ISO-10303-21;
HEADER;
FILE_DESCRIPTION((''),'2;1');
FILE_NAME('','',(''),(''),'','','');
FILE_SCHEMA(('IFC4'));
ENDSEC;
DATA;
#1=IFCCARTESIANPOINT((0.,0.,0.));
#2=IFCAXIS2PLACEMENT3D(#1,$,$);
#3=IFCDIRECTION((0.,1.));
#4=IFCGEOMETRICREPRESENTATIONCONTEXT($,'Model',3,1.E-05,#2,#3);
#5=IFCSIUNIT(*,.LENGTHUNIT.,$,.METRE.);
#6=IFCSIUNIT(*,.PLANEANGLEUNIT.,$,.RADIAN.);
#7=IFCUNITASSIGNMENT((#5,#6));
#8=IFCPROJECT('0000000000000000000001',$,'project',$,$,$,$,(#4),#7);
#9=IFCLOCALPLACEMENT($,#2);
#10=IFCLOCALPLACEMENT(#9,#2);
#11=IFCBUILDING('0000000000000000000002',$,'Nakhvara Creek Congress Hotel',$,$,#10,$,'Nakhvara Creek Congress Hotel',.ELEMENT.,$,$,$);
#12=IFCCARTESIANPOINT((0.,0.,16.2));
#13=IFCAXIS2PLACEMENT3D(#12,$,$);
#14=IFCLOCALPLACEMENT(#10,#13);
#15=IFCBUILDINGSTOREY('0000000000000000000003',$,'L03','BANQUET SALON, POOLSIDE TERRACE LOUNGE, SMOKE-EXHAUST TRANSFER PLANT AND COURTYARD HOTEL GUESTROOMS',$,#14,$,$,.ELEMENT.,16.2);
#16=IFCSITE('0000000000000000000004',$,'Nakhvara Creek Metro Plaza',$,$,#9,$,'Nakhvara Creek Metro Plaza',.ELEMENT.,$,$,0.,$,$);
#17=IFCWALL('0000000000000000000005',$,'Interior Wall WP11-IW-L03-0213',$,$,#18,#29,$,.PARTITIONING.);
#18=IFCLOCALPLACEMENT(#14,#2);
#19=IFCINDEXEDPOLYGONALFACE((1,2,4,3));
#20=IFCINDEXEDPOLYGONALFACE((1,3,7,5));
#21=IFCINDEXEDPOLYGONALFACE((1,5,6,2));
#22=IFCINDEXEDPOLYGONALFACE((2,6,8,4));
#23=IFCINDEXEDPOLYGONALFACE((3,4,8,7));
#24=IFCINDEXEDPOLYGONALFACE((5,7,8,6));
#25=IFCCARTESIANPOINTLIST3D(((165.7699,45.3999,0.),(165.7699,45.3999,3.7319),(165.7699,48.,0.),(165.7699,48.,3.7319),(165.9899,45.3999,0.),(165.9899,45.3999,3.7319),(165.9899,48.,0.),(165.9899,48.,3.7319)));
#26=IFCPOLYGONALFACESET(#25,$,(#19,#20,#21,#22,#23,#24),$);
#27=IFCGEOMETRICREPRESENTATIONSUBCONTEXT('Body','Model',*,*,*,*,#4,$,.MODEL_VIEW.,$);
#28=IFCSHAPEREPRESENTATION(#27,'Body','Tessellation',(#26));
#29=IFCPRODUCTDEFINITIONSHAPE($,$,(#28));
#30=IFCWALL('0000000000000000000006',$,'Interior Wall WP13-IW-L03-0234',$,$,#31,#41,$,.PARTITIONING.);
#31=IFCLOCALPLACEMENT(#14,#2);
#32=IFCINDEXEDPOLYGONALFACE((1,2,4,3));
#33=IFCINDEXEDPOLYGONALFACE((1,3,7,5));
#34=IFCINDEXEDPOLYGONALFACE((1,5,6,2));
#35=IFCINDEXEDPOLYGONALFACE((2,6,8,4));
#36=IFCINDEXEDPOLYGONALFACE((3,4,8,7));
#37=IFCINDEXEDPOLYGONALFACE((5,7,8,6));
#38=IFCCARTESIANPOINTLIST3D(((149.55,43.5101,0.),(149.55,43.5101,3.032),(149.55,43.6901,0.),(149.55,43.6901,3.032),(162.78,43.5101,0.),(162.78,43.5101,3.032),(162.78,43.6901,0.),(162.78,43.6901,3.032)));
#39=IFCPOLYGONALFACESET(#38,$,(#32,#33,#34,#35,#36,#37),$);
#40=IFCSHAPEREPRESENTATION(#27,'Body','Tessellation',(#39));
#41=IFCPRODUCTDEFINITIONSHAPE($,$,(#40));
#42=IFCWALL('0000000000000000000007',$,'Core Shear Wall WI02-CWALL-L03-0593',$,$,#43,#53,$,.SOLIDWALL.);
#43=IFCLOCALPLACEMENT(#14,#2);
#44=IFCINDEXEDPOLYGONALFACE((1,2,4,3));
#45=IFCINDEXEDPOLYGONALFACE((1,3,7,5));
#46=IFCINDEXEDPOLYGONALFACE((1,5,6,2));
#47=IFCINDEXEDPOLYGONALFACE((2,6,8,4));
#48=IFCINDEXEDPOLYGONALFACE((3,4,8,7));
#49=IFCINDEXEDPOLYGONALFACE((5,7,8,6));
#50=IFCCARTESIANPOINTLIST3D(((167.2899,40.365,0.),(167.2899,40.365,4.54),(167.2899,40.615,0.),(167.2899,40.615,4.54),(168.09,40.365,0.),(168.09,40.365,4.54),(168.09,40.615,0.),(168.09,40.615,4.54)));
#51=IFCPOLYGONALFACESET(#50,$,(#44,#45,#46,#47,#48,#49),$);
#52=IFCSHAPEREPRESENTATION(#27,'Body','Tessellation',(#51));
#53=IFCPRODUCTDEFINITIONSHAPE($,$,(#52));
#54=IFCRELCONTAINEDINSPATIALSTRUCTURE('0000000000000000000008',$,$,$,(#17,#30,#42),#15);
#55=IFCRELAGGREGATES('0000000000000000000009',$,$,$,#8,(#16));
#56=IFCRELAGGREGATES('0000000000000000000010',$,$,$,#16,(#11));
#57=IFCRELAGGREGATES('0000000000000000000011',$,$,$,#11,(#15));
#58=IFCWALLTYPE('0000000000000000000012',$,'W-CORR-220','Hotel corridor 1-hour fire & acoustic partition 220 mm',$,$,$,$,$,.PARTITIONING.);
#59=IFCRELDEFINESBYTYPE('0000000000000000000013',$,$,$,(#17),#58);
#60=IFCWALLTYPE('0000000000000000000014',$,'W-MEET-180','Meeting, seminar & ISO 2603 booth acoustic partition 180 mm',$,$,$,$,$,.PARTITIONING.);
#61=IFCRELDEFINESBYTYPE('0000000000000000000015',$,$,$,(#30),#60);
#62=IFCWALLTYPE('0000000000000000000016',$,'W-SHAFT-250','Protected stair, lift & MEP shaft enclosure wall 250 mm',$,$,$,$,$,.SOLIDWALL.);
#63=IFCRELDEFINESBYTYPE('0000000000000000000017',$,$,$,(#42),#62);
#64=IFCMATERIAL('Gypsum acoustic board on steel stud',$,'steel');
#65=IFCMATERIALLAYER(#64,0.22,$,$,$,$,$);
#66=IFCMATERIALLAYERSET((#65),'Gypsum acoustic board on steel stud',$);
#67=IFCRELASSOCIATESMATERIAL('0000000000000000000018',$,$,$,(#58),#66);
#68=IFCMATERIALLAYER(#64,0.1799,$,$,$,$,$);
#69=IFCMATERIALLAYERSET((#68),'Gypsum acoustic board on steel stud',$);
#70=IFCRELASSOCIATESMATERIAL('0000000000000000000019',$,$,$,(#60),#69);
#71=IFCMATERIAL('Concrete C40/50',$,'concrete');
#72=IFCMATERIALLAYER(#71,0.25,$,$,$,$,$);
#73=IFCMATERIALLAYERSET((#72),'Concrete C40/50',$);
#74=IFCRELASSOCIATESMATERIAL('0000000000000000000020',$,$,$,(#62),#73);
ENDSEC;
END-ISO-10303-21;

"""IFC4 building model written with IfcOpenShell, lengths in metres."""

from ifc_helpers import new_model, si_unit, direction, frame, frame_2d, origin, place, context, subcontext, project, spatial, rectangle, extrude, material, layer, layer_set, type_object, element, save


model = new_model("IFC4")

# Units and contexts
model_context = context("Model", 3, precision=1e-05, world=origin(), true_north=direction((0.0, 1.0)))
body_context = subcontext(model_context, "Body", "Model", "MODEL_VIEW")
ifc_project = project(units=[si_unit("LENGTHUNIT", "METRE"), si_unit("PLANEANGLEUNIT", "RADIAN")], contexts=[model_context])

# Site, building, storey
site_placement = place(None, origin())
site = spatial("IfcSite", under=ifc_project, at=site_placement, Name="Nakhvara Creek Metro Plaza", LongName="Nakhvara Creek Metro Plaza", CompositionType="ELEMENT", RefElevation=0.0)
building_placement = place(site_placement, origin())
building = spatial("IfcBuilding", under=site, at=building_placement, Name="Nakhvara Creek Congress Hotel", LongName="Nakhvara Creek Congress Hotel", CompositionType="ELEMENT")
storey_placement = place(building_placement, frame((0.0, 0.0, 16.2)))
storey = spatial("IfcBuildingStorey", under=building, at=storey_placement, Name="L03", Description="BANQUET SALON, POOLSIDE TERRACE LOUNGE, SMOKE-EXHAUST TRANSFER PLANT AND COURTYARD HOTEL GUESTROOMS", CompositionType="ELEMENT", Elevation=16.2)

# Shared definitions
ifc_material_1 = material(Name="Concrete C40/50", Category="concrete")

# Walls
ifc_material_2 = material(Name="Gypsum acoustic board on steel stud", Category="steel")
ifc_layer_1 = layer(ifc_material_2, 0.22)
ifc_layer_set_1 = layer_set([ifc_layer_1], Name="Gypsum acoustic board on steel stud")
wall_type_1 = type_object("IfcWallType", Name="W-CORR-220", Description="Hotel corridor 1-hour fire & acoustic partition 220 mm", PredefinedType="PARTITIONING", material=ifc_layer_set_1)
wall_1_placement = place(storey_placement, frame((165.8799, 45.3999, 0.0), z_axis=(0.0, 0.0, 1.0), x_axis=(0.0, 1.0, 0.0)))
element("IfcWall", 1, at=wall_1_placement, inside=storey, type_object=wall_type_1, Name="Interior Wall WP11-IW-L03-0213", PredefinedType="PARTITIONING", context=body_context, shape_type="SweptSolid", body=[
    extrude(rectangle(XDim=2.6001, YDim=0.22, at=frame_2d((1.3, 0.0))), origin(), (0.0, 0.0, 1.0), 3.7319),
])
ifc_layer_2 = layer(ifc_material_2, 0.1799)
ifc_layer_set_2 = layer_set([ifc_layer_2], Name="Gypsum acoustic board on steel stud")
wall_type_2 = type_object("IfcWallType", Name="W-MEET-180", Description="Meeting, seminar & ISO 2603 booth acoustic partition 180 mm", PredefinedType="PARTITIONING", material=ifc_layer_set_2)
wall_2_placement = place(storey_placement, frame((149.55, 43.6001, 0.0), z_axis=(0.0, 0.0, 1.0), x_axis=(1.0, 0.0, 0.0)))
element("IfcWall", 2, at=wall_2_placement, inside=storey, type_object=wall_type_2, Name="Interior Wall WP13-IW-L03-0234", PredefinedType="PARTITIONING", context=body_context, shape_type="SweptSolid", body=[
    extrude(rectangle(XDim=13.23, YDim=0.1799, at=frame_2d((6.615, 0.0))), origin(), (0.0, 0.0, 1.0), 3.032),
])
ifc_layer_3 = layer(ifc_material_1, 0.25)
ifc_layer_set_3 = layer_set([ifc_layer_3], Name="Concrete C40/50")
wall_type_3 = type_object("IfcWallType", Name="W-SHAFT-250", Description="Protected stair, lift & MEP shaft enclosure wall 250 mm", PredefinedType="SOLIDWALL", material=ifc_layer_set_3)
wall_3_placement = place(storey_placement, frame((167.29, 40.49, 0.0), z_axis=(0.0, 0.0, 1.0), x_axis=(1.0, 0.0, 0.0)))
element("IfcWall", 3, at=wall_3_placement, inside=storey, type_object=wall_type_3, Name="Core Shear Wall WI02-CWALL-L03-0593", PredefinedType="SOLIDWALL", context=body_context, shape_type="SweptSolid", body=[
    extrude(rectangle(XDim=0.8, YDim=0.25, at=frame_2d((0.3999, 0.0))), origin(), (0.0, 0.0, 1.0), 4.54),
])

save(model, "model.ifc")
